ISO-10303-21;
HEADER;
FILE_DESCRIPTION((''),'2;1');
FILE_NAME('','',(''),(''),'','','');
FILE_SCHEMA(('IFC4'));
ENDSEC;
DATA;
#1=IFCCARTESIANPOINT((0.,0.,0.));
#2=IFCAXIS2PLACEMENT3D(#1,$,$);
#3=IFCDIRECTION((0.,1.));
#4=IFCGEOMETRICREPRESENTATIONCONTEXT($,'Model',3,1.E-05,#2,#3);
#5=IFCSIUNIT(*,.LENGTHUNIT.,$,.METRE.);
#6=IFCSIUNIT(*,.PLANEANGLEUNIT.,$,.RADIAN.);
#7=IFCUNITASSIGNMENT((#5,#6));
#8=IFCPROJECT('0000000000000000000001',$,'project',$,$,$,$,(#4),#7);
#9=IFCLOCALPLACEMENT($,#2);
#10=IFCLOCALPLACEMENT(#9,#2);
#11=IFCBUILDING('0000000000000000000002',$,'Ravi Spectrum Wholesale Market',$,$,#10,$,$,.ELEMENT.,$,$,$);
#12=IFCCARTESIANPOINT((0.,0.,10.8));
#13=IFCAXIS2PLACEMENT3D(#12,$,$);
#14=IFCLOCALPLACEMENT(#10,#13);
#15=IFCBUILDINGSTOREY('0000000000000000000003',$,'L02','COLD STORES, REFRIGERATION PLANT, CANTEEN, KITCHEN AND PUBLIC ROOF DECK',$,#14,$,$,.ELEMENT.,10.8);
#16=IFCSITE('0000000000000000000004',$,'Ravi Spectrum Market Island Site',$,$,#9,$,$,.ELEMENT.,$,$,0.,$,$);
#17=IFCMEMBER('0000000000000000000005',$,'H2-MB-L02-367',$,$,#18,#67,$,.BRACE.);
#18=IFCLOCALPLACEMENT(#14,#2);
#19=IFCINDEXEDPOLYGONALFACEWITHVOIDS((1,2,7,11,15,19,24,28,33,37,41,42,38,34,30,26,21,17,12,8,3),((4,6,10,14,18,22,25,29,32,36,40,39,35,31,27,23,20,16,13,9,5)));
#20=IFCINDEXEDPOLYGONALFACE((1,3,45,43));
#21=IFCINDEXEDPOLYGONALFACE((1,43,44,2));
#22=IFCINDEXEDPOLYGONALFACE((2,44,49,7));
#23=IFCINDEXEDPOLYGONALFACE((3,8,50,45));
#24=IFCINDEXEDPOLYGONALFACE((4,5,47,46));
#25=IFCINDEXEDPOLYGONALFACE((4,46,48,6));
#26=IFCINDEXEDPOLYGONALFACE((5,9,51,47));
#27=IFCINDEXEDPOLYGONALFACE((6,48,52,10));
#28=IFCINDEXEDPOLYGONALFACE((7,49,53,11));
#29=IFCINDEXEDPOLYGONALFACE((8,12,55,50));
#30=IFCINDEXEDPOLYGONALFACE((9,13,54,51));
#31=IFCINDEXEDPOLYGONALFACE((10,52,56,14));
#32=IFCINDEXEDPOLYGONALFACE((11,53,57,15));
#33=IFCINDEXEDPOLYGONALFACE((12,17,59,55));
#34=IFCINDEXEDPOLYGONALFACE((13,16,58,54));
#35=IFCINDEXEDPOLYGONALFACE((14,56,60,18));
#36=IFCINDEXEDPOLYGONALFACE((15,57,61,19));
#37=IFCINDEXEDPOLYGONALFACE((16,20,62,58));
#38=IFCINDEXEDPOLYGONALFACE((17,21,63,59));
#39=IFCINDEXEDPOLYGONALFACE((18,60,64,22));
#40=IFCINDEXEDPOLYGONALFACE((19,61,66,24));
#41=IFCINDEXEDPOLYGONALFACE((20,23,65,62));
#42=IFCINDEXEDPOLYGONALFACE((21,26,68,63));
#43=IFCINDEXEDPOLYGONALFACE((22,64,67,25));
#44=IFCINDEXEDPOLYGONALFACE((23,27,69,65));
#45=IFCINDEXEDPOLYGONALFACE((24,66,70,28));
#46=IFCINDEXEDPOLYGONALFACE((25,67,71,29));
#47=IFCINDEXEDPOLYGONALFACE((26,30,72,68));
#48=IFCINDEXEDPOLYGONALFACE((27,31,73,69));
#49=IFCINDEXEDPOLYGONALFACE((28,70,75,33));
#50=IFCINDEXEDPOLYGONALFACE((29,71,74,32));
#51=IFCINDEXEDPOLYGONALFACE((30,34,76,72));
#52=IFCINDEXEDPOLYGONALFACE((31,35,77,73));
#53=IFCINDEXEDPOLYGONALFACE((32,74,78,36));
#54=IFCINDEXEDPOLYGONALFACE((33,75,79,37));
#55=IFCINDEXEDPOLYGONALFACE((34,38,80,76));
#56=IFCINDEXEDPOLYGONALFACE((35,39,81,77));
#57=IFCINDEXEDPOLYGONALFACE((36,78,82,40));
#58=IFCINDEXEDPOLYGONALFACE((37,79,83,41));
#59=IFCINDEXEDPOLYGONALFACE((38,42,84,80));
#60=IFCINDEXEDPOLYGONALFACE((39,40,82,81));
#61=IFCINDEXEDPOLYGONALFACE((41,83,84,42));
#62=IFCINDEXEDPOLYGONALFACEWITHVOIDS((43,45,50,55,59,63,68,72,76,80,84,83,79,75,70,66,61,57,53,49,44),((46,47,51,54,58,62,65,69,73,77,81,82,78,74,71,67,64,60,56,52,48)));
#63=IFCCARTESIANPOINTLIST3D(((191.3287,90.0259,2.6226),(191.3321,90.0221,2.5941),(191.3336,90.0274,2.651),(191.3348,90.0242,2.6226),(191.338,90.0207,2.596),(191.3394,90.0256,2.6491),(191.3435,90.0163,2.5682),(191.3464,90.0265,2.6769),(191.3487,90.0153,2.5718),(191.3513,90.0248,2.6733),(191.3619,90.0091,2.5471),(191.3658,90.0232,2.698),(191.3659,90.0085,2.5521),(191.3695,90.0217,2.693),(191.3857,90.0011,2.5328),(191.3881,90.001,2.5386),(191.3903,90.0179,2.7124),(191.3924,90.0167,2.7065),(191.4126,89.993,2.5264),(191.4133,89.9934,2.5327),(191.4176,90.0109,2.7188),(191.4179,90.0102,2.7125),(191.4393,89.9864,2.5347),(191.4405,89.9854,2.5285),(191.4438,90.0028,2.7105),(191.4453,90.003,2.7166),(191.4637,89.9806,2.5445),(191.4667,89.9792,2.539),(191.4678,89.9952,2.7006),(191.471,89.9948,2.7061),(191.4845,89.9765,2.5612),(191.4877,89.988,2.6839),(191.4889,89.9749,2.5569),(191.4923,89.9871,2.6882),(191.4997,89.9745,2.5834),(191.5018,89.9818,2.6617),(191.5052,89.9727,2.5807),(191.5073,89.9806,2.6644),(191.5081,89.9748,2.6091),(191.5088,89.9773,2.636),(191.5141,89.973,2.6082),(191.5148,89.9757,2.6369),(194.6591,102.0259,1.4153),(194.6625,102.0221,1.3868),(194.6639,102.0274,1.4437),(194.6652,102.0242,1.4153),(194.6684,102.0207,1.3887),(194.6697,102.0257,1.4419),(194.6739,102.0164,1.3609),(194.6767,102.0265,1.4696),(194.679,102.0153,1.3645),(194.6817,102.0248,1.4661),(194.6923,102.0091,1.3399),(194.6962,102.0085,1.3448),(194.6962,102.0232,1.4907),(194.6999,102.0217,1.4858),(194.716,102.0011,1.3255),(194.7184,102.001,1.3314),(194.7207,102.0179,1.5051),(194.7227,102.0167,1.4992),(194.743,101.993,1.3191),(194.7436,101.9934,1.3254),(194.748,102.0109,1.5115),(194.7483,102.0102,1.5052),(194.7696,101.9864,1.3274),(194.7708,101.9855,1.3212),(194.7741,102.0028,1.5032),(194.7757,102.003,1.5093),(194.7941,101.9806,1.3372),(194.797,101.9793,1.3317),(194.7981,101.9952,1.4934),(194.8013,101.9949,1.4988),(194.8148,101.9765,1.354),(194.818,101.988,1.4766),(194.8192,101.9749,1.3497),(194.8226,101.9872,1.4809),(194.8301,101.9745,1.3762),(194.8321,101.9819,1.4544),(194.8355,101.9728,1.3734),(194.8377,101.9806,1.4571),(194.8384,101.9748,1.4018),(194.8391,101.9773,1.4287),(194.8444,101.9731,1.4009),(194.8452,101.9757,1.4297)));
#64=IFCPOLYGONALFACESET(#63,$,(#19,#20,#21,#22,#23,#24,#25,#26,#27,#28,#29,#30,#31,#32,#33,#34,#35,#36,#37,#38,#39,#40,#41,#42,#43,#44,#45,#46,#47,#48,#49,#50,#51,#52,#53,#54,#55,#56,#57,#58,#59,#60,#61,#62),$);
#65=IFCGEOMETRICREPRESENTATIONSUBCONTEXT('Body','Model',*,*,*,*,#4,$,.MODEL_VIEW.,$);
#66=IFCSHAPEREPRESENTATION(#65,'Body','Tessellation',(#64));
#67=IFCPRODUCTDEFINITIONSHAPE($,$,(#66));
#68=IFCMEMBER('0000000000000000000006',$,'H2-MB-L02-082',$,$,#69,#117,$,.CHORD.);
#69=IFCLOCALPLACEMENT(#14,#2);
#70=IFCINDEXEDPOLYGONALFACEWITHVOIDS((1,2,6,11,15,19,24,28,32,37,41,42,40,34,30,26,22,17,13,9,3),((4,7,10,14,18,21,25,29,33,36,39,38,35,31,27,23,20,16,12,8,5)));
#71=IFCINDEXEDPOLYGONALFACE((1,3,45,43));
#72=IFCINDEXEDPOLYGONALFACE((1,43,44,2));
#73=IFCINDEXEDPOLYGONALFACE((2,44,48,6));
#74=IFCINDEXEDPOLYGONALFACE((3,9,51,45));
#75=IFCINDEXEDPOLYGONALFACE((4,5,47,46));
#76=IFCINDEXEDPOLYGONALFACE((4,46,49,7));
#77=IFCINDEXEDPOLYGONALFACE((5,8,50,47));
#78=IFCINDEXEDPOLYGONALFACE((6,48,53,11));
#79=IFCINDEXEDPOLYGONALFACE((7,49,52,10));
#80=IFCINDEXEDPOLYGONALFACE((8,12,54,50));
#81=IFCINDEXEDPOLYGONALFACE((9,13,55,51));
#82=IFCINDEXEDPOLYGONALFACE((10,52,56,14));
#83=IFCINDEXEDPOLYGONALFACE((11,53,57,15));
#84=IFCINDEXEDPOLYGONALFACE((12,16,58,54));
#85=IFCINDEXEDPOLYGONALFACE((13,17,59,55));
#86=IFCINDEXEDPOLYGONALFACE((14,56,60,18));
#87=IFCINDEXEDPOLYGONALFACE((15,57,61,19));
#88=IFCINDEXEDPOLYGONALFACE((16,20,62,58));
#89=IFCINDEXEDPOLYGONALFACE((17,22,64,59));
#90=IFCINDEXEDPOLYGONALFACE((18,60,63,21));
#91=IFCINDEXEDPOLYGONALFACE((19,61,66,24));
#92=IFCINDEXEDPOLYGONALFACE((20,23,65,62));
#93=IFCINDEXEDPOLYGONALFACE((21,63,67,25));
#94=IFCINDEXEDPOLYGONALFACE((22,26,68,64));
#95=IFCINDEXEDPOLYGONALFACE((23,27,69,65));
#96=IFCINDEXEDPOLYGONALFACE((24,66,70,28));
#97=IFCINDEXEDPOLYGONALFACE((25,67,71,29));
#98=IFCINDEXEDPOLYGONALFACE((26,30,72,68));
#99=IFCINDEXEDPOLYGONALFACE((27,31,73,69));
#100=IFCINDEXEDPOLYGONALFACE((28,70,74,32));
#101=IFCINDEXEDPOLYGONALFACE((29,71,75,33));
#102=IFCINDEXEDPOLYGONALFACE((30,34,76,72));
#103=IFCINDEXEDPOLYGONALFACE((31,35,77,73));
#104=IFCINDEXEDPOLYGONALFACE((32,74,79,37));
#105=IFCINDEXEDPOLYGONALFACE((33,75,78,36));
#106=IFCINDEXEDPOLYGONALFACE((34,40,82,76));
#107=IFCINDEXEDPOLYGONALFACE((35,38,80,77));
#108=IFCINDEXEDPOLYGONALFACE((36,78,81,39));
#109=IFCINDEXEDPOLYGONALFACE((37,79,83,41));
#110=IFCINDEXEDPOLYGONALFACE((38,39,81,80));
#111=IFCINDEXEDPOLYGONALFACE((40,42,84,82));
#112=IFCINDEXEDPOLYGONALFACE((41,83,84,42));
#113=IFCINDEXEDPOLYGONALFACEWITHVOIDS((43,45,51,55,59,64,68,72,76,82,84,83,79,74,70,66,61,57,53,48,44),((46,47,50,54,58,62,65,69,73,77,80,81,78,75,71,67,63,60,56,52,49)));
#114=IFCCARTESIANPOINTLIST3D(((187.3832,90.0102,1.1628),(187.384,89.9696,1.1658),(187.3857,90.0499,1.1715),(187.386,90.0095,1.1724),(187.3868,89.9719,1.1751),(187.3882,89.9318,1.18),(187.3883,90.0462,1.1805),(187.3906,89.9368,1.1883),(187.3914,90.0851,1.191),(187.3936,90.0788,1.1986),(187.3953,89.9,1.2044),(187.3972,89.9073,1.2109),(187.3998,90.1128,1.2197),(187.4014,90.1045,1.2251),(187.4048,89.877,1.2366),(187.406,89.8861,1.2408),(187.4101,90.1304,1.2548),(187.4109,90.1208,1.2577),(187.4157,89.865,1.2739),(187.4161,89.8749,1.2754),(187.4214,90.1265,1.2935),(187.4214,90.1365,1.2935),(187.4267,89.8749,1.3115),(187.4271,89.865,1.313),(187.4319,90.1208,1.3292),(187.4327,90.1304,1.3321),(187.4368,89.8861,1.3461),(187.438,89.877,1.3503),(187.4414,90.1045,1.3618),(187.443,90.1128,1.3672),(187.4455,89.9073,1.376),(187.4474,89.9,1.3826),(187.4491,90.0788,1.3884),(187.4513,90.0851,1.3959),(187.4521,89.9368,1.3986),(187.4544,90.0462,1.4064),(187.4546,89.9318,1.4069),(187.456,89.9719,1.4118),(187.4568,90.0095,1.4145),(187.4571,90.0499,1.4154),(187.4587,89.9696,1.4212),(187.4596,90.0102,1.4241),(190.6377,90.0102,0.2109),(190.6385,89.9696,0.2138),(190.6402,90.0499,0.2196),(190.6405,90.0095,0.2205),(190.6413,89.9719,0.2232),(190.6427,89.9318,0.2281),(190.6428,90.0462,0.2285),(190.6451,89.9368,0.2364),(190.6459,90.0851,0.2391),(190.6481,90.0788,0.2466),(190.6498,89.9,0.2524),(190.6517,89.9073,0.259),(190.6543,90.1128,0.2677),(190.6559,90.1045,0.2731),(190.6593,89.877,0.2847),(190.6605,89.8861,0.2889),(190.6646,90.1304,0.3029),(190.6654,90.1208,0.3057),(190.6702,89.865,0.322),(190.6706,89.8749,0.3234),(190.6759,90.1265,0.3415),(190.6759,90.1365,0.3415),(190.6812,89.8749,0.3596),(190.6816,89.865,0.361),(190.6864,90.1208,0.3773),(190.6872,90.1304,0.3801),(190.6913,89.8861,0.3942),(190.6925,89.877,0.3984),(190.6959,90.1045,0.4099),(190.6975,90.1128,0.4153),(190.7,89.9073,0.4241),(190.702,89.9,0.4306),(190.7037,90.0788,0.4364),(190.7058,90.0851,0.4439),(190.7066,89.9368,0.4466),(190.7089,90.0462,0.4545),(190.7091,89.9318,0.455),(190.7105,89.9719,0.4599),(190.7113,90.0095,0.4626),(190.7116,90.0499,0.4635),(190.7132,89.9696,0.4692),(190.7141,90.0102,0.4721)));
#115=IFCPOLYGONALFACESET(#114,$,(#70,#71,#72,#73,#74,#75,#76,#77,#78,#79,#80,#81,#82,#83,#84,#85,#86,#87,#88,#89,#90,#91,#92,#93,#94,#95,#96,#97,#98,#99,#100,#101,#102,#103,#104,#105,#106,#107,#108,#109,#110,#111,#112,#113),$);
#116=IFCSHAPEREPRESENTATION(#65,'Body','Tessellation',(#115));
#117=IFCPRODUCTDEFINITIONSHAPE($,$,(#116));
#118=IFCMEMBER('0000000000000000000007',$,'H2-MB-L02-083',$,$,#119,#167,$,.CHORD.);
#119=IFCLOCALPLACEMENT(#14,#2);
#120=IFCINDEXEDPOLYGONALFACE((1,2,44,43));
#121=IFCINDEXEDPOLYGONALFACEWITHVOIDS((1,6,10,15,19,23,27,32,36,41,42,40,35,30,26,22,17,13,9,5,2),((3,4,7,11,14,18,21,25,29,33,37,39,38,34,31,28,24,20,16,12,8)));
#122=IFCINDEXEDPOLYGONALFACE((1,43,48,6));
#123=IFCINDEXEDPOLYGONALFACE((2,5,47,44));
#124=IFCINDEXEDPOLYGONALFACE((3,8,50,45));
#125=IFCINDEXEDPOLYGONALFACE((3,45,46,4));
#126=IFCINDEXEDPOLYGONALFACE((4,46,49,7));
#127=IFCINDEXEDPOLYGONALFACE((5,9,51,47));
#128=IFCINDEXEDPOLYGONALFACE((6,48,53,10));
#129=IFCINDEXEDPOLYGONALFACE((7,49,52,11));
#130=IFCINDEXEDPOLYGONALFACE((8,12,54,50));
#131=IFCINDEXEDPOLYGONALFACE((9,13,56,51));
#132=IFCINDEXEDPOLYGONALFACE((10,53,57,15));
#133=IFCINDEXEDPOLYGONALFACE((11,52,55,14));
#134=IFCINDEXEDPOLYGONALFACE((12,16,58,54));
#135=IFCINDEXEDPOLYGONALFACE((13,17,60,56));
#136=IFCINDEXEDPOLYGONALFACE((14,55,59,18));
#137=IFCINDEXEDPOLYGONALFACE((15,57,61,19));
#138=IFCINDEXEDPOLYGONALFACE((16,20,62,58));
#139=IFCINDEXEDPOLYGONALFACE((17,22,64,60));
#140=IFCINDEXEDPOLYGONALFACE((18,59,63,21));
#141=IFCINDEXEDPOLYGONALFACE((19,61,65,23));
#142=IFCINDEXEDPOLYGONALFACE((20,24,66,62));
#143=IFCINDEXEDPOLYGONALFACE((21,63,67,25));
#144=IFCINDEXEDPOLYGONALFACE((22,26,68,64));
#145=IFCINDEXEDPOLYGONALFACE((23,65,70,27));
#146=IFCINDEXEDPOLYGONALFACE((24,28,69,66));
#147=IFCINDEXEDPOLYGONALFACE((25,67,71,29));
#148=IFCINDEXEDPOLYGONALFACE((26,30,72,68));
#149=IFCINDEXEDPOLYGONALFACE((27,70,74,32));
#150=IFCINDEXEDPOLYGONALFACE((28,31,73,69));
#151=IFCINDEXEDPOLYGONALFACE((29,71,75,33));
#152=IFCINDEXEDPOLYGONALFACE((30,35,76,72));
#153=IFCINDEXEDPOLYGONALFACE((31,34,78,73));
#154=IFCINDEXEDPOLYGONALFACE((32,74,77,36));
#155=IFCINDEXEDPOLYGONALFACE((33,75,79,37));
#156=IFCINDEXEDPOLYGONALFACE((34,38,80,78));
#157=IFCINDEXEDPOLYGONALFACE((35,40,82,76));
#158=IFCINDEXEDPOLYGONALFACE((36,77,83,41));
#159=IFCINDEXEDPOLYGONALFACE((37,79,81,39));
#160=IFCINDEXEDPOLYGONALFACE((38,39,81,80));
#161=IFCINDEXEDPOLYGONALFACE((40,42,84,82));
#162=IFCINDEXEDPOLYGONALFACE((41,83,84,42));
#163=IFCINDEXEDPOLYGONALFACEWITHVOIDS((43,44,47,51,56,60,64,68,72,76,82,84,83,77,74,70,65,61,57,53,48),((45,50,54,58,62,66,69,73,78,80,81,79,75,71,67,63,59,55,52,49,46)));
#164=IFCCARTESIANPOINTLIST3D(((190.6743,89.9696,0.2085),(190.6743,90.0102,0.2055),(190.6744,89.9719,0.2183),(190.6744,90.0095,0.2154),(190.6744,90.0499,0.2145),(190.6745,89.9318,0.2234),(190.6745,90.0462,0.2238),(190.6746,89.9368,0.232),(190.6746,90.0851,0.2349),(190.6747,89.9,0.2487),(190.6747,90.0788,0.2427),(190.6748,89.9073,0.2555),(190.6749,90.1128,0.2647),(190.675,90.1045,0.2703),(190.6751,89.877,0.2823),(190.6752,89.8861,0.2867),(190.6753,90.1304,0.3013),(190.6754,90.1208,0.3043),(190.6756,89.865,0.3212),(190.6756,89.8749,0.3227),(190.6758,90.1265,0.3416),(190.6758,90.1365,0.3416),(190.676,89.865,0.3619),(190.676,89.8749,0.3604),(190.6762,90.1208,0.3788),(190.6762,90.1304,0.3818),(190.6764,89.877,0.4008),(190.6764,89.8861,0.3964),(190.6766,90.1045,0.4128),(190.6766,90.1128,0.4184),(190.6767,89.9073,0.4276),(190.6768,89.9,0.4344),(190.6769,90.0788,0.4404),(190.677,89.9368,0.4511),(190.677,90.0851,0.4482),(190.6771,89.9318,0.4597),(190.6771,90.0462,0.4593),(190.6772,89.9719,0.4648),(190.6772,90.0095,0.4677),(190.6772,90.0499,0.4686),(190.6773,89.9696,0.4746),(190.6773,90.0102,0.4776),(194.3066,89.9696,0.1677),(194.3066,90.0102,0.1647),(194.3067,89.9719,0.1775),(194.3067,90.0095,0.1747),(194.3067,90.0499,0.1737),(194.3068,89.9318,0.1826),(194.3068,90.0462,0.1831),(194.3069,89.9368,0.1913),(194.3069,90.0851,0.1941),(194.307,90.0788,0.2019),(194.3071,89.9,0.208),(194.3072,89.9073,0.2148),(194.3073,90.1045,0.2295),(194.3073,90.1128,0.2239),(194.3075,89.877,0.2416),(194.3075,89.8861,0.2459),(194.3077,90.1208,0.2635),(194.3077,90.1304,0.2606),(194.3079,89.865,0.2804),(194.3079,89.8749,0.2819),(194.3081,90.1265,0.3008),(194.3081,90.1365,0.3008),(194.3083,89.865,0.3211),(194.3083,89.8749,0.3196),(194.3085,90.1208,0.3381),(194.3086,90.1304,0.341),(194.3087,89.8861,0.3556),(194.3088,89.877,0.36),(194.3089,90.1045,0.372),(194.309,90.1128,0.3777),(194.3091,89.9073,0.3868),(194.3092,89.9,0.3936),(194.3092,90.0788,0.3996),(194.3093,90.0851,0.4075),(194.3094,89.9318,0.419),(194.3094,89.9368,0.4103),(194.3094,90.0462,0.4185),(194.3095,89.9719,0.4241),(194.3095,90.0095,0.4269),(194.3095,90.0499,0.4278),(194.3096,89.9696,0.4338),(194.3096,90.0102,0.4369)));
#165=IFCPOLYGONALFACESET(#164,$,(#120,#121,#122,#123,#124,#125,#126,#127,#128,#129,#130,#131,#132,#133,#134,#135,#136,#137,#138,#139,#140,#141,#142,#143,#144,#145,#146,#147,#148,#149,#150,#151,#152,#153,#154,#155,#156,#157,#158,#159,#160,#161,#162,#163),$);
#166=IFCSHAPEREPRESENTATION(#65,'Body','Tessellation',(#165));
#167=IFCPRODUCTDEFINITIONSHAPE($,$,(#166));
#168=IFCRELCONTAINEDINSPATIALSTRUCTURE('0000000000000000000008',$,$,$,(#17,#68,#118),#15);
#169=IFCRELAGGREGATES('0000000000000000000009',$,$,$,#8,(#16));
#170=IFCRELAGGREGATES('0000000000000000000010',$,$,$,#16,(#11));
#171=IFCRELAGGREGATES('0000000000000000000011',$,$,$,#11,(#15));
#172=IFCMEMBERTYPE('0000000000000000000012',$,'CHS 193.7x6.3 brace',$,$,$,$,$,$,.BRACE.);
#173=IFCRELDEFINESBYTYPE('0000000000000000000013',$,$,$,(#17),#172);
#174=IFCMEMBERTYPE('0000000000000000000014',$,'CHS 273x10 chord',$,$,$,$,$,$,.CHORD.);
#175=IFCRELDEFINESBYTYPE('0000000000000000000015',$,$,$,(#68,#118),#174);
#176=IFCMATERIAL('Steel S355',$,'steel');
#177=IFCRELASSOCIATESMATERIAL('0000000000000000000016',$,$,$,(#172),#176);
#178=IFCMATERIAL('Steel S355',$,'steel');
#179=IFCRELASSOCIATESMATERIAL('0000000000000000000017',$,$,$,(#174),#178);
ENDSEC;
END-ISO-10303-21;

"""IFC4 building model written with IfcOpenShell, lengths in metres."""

from ifc_helpers import new_model, si_unit, direction, frame, origin, origin_2d, place, context, subcontext, project, spatial, hollow_circle, extrude, material, material_profile, profile_set, type_object, element, save


model = new_model("IFC4")

# Units and contexts
model_context = context("Model", 3, precision=1e-05, world=origin(), true_north=direction((0.0, 1.0)))
body_context = subcontext(model_context, "Body", "Model", "MODEL_VIEW")
ifc_project = project(units=[si_unit("LENGTHUNIT", "METRE"), si_unit("PLANEANGLEUNIT", "RADIAN")], contexts=[model_context])

# Site, building, storey
site_placement = place(None, origin())
site = spatial("IfcSite", under=ifc_project, at=site_placement, Name="Ravi Spectrum Market Island Site", CompositionType="ELEMENT", RefElevation=0.0)
building_placement = place(site_placement, origin())
building = spatial("IfcBuilding", under=site, at=building_placement, Name="Ravi Spectrum Wholesale Market", CompositionType="ELEMENT")
storey_placement = place(building_placement, frame((0.0, 0.0, 10.8)))
storey = spatial("IfcBuildingStorey", under=building, at=storey_placement, Name="L02", Description="COLD STORES, REFRIGERATION PLANT, CANTEEN, KITCHEN AND PUBLIC ROOF DECK", CompositionType="ELEMENT", Elevation=10.8)

# Members
ifc_material_1 = material(Name="Steel S355", Category="steel")
ifc_material_profile_1 = material_profile(ifc_material_1, hollow_circle(Radius=0.0969, WallThickness=0.0063, at=origin_2d()))
ifc_profile_set_1 = profile_set([ifc_material_profile_1], Name="Steel S355")
member_type_1 = type_object("IfcMemberType", Name="CHS 193.7x6.3 brace", PredefinedType="BRACE", material=ifc_profile_set_1)
for number, where, z_axis, x_axis, name in (
    (1, (191.4221, 90.0, 2.6226), (0.266172, 0.959084, -0.09649), (-0.96358, 0.267419, 0.0), "H2-MB-L02-367"),
):
    element("IfcMember", number, at=place(storey_placement, frame(where, z_axis=z_axis, x_axis=x_axis)), inside=storey, type_object=member_type_1, Name=name, PredefinedType="BRACE", context=body_context, shape_type="SweptSolid", body=[
        extrude(hollow_circle(Radius=0.0969, WallThickness=0.0063, at=origin_2d()), origin(), (0.0, 0.0, 1.0), 12.512),
    ])
ifc_material_2 = material(Name="Steel S355", Category="steel")
ifc_material_profile_2 = material_profile(ifc_material_2, hollow_circle(Radius=0.1365, WallThickness=0.01, at=origin_2d()))
ifc_profile_set_2 = profile_set([ifc_material_profile_2], Name="Steel S355")
member_type_2 = type_object("IfcMemberType", Name="CHS 273x10 chord", PredefinedType="CHORD", material=ifc_profile_set_2)
member_1_placement = place(storey_placement, frame((187.4214, 90.0, 1.2935), z_axis=(0.959785, 0.0, -0.280735), x_axis=(0.0, 1.0, 0.0)))
element("IfcMember", 2, at=member_1_placement, inside=storey, type_object=member_type_2, Name="H2-MB-L02-082", PredefinedType="CHORD", context=body_context, shape_type="SweptSolid", body=[
    extrude(hollow_circle(Radius=0.1365, WallThickness=0.01, at=origin_2d()), origin(), (0.0, 0.0, 1.0), 3.3909),
])
member_2_placement = place(storey_placement, frame((190.6758, 90.0, 0.3416), z_axis=(0.999937, 0.0, -0.011224), x_axis=(0.0, 1.0, 0.0)))
element("IfcMember", 3, at=member_2_placement, inside=storey, type_object=member_type_2, Name="H2-MB-L02-083", PredefinedType="CHORD", context=body_context, shape_type="SweptSolid", body=[
    extrude(hollow_circle(Radius=0.1365, WallThickness=0.01, at=origin_2d()), origin(), (0.0, 0.0, 1.0), 3.6326),
])

save(model, "model.ifc")
